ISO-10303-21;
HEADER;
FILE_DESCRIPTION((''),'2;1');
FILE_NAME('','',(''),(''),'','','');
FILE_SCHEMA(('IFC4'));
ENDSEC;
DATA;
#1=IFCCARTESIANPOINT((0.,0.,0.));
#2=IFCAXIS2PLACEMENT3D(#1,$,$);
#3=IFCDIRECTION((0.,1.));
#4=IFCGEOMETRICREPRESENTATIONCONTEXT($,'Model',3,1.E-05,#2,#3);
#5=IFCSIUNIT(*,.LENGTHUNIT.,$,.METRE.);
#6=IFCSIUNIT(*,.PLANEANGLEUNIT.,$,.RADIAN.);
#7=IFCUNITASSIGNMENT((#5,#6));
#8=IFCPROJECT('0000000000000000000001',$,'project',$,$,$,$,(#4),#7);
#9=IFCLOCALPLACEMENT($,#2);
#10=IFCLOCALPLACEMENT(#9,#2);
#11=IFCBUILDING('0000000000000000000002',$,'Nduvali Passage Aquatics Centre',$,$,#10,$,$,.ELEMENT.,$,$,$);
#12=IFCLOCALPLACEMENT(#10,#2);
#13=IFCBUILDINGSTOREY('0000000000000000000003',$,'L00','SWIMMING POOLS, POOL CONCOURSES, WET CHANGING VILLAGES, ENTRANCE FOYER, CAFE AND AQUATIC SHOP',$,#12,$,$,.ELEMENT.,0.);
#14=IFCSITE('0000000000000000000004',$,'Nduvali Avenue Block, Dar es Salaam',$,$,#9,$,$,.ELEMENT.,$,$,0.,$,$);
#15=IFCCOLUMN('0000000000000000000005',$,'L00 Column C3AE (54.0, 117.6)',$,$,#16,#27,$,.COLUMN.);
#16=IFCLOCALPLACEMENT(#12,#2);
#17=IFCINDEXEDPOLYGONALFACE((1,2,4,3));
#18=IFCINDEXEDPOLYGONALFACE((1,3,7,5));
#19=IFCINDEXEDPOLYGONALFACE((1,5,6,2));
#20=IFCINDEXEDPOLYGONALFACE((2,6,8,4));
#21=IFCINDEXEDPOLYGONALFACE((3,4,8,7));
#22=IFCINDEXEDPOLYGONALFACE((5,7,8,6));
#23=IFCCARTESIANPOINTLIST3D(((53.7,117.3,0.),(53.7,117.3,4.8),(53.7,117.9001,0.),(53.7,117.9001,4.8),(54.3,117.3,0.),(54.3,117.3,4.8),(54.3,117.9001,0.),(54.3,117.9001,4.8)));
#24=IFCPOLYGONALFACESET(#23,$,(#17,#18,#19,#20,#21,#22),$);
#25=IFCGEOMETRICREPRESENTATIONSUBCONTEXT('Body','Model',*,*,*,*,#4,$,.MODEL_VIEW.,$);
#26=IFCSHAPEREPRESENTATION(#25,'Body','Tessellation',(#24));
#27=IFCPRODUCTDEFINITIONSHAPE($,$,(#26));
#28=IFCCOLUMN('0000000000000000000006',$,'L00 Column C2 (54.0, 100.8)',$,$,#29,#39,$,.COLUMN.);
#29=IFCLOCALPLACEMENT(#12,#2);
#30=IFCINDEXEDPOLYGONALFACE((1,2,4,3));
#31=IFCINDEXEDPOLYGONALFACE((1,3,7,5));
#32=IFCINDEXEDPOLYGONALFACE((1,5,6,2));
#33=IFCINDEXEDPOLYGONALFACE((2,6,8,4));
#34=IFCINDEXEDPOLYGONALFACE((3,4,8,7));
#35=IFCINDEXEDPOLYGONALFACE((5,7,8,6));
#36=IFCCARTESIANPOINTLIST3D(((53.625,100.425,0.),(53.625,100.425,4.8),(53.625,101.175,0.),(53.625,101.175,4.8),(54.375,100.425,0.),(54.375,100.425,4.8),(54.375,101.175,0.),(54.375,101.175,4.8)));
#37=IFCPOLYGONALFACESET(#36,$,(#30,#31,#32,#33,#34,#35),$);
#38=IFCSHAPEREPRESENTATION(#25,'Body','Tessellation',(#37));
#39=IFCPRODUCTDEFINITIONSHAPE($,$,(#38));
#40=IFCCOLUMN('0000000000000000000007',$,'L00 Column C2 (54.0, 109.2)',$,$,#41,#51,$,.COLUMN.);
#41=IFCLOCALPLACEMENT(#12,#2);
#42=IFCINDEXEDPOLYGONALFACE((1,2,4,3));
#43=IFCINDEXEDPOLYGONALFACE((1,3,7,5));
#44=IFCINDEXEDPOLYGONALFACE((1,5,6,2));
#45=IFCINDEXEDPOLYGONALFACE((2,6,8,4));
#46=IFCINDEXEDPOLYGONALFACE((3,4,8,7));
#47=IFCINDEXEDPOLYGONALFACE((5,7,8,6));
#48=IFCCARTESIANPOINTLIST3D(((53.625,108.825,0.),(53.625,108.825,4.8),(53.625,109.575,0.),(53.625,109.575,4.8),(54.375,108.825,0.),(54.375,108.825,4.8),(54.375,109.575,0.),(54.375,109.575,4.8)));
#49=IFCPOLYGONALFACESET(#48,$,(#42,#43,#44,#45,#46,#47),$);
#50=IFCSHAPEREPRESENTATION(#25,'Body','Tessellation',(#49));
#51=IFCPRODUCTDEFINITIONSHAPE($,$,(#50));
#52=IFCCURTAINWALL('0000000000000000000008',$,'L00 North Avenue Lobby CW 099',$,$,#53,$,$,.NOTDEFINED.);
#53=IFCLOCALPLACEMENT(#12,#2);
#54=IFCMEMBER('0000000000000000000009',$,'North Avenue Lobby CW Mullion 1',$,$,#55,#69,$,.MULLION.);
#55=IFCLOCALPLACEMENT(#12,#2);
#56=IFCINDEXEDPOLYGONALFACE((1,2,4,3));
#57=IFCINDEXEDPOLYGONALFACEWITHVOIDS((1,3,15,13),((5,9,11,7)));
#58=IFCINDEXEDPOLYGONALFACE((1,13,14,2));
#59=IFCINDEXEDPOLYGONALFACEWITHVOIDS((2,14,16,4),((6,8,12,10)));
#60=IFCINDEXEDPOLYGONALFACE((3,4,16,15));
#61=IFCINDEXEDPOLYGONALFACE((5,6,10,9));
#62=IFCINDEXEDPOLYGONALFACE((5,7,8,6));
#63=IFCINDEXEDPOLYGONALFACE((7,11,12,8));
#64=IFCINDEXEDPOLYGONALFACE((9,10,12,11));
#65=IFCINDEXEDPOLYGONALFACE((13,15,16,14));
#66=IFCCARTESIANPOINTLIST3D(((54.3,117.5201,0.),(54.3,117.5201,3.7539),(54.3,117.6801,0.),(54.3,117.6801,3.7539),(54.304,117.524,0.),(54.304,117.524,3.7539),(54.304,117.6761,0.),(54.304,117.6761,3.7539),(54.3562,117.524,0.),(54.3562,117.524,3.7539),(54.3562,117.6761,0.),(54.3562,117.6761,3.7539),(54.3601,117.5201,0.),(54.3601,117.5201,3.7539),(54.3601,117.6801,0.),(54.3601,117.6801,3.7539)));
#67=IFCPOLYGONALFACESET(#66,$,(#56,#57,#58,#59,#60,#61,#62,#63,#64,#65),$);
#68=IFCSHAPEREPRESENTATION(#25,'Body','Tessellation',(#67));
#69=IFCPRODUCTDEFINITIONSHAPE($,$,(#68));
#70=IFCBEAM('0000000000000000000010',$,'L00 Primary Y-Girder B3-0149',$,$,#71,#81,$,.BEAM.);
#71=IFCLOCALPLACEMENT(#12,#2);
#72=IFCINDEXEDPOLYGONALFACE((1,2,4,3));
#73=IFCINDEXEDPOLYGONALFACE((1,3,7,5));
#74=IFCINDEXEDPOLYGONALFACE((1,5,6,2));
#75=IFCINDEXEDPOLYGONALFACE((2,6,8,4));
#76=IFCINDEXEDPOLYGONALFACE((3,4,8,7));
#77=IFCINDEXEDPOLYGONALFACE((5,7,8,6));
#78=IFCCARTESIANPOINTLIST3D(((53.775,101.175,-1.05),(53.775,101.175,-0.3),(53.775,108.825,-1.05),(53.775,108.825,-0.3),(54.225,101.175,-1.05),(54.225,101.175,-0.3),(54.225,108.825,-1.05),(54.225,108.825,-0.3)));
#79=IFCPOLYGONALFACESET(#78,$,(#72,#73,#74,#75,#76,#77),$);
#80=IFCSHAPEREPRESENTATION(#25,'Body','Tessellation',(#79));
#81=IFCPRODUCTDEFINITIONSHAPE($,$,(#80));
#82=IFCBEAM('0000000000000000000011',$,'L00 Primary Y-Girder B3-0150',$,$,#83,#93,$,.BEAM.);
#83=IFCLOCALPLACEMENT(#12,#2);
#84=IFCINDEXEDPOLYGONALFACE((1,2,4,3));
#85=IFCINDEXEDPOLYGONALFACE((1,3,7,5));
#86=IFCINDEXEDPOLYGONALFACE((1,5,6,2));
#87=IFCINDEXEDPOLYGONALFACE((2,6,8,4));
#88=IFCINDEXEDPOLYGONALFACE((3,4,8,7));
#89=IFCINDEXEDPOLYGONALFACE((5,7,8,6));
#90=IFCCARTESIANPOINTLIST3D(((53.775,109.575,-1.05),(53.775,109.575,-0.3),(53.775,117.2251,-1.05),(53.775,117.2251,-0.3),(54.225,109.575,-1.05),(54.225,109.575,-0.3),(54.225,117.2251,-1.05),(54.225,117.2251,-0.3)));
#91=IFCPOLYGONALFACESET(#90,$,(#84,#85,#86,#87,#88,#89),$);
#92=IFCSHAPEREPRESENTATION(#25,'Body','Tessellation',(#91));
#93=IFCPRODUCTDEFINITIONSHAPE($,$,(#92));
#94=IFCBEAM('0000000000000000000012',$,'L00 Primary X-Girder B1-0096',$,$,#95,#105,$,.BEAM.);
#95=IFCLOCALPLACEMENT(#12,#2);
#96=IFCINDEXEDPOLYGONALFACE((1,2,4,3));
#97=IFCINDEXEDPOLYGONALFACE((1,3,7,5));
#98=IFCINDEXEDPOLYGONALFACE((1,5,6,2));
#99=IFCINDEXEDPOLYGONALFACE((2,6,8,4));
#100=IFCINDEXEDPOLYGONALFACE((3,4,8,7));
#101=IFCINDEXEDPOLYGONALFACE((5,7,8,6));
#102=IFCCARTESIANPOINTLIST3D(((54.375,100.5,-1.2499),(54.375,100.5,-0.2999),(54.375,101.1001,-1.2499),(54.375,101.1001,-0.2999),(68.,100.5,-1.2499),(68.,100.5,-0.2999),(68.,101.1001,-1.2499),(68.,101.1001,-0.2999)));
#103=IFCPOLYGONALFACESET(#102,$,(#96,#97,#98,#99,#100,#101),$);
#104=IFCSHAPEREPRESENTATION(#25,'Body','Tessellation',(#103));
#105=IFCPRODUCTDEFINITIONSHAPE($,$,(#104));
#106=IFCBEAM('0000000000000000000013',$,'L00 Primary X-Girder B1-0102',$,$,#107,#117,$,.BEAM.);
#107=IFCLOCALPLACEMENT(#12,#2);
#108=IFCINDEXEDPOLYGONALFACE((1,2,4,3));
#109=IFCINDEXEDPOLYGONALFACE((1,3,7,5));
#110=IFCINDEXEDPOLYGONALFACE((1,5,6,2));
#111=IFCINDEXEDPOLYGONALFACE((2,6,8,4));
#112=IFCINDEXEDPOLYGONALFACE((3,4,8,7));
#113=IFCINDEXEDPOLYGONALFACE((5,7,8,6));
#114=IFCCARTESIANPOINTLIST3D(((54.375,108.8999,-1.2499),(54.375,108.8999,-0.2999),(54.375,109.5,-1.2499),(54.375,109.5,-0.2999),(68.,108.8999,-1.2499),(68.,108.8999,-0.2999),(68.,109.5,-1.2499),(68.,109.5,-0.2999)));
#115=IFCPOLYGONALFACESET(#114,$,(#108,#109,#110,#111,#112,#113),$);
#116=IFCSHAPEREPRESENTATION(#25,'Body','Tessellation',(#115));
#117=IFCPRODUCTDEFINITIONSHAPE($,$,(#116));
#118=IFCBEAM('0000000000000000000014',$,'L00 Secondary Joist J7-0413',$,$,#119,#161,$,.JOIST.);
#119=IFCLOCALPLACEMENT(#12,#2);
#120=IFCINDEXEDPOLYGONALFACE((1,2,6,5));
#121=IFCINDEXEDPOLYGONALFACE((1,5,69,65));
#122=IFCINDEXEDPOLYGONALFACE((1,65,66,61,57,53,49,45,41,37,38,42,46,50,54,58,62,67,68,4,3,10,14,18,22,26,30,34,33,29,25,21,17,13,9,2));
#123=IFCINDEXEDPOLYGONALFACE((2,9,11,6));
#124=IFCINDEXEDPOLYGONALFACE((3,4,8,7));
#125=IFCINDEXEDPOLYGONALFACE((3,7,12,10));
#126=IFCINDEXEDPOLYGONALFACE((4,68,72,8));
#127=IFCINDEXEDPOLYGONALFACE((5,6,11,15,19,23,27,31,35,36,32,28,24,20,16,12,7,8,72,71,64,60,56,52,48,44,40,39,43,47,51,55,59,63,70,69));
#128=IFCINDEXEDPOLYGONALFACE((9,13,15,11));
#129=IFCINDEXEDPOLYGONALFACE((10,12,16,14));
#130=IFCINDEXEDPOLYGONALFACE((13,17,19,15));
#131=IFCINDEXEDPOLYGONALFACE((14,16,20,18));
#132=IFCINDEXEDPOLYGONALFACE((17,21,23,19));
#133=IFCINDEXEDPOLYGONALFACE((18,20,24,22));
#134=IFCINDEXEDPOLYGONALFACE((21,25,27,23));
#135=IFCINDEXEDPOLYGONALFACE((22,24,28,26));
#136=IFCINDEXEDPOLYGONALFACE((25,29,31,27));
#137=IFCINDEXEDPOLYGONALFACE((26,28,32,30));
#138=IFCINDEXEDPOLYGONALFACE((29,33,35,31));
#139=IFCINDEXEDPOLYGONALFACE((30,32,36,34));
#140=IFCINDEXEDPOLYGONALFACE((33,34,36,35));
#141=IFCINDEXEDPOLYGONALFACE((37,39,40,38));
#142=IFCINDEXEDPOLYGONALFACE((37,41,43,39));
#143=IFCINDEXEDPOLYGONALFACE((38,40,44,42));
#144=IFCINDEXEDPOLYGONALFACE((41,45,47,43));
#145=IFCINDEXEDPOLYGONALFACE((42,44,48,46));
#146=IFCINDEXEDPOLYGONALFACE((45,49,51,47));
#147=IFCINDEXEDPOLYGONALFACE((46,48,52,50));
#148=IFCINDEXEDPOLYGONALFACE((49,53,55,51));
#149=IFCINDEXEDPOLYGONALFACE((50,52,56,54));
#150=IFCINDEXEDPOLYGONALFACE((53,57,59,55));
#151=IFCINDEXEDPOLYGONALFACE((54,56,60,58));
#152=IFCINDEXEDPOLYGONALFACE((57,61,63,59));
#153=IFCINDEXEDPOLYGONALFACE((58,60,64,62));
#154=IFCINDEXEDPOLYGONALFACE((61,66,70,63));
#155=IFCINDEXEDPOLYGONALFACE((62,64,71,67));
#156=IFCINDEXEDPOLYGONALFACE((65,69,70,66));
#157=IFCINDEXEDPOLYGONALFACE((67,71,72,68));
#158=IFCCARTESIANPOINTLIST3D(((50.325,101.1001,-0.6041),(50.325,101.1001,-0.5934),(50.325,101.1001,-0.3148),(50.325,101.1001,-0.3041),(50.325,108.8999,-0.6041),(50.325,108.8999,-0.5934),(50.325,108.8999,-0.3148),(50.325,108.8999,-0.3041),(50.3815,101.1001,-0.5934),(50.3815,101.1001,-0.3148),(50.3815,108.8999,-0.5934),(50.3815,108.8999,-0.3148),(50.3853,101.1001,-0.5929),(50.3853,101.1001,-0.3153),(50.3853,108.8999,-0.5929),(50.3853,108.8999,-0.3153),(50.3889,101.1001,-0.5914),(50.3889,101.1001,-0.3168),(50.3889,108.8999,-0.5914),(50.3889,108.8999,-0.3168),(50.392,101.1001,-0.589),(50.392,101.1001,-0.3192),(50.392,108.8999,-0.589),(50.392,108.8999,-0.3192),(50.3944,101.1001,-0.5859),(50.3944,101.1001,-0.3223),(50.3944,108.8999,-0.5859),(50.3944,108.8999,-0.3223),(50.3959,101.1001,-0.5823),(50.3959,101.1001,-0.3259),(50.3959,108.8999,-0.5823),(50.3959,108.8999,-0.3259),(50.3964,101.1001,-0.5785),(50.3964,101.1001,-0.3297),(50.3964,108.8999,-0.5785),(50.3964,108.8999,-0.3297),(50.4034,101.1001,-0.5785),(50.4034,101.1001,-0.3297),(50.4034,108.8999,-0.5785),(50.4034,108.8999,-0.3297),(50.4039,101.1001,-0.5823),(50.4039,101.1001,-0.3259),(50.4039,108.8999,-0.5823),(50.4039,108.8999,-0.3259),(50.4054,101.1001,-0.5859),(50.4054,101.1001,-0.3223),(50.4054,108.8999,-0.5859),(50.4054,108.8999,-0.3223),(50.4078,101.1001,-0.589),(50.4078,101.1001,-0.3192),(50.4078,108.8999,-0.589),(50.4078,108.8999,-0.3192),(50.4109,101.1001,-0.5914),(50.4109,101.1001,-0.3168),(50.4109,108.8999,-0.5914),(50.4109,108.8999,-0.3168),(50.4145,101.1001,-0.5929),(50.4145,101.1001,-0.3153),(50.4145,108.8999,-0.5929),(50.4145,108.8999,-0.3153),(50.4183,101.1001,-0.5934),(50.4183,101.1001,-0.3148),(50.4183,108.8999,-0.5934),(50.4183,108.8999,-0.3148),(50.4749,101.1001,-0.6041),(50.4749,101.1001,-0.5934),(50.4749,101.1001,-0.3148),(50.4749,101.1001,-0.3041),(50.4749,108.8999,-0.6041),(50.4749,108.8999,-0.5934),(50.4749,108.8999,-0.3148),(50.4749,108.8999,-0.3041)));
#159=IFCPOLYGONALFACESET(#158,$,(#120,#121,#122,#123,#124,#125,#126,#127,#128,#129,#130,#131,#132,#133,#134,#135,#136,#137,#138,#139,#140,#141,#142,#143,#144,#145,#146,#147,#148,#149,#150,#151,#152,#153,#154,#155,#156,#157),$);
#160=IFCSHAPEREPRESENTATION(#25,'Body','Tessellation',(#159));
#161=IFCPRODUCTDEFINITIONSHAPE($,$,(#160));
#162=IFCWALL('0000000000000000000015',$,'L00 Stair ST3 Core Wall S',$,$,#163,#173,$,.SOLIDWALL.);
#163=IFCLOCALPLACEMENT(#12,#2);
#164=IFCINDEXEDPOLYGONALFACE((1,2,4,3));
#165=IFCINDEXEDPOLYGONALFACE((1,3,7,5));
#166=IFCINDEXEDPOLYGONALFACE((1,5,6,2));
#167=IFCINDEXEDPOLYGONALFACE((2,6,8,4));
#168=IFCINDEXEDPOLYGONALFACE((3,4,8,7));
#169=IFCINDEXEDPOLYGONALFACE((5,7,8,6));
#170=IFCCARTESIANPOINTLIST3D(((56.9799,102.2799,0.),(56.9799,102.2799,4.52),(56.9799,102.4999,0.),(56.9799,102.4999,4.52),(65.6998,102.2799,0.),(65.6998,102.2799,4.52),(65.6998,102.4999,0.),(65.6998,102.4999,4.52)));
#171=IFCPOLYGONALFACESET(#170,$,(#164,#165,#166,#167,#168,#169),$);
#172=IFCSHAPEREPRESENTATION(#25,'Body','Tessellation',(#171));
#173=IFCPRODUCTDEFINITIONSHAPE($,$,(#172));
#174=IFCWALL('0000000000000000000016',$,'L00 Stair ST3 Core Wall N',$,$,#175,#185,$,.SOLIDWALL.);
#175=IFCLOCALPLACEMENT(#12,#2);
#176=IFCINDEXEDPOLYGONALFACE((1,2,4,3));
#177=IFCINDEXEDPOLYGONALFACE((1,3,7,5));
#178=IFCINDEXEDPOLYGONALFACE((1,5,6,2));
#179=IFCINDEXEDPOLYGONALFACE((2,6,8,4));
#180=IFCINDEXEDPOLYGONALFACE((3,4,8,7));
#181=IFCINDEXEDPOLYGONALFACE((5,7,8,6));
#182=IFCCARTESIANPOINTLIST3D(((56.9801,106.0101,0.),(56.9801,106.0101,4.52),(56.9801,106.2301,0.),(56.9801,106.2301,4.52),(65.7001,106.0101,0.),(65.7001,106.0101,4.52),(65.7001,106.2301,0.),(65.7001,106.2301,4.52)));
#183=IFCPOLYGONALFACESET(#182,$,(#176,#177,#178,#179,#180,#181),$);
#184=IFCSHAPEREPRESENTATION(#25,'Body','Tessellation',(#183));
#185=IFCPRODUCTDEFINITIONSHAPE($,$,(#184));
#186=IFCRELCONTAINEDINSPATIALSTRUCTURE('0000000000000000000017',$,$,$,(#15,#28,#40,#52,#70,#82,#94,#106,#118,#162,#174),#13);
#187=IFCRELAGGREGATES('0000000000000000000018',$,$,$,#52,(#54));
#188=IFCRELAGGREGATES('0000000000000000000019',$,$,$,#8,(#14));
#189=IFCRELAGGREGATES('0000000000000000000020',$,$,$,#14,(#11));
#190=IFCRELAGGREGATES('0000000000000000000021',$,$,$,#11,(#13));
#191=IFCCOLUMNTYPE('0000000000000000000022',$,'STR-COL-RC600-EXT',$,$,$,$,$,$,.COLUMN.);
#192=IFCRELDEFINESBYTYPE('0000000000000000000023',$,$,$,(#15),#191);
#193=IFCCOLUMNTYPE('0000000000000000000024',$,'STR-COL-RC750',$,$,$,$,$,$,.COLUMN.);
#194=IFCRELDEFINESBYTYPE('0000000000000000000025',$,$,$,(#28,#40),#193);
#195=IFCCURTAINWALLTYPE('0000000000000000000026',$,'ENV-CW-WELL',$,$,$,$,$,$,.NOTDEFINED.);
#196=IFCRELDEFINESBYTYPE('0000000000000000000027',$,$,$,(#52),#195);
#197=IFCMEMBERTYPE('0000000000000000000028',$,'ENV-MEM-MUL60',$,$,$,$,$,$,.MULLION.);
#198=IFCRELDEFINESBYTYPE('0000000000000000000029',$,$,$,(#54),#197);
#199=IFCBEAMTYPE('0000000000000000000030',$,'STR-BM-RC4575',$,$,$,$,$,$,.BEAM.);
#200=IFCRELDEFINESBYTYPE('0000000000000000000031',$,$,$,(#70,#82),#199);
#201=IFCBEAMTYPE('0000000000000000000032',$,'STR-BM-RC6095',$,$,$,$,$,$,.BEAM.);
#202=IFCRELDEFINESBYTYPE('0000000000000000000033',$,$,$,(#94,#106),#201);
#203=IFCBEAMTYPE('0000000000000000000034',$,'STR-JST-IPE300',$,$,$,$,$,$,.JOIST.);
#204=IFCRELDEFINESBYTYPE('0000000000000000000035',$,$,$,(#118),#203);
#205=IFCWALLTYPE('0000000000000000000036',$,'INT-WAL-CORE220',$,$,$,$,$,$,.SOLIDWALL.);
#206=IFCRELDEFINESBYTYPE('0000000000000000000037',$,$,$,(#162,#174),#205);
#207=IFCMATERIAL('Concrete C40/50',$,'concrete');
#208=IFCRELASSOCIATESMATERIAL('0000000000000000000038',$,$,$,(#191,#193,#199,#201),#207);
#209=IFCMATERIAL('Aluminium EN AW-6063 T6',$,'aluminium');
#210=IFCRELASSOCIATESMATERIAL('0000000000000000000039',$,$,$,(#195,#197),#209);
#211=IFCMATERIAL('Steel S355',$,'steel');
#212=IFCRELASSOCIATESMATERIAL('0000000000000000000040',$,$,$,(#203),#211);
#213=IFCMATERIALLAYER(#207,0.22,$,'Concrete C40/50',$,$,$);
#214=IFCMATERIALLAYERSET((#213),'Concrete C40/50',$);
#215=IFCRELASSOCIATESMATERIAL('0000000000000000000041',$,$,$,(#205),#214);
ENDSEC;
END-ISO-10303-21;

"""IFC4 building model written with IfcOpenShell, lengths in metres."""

from ifc_helpers import new_model, si_unit, direction, frame, frame_2d, origin, origin_2d, place, context, subcontext, project, spatial, rectangle, hollow_rectangle, i_section, extrude, material, layer, layer_set, material_profile, profile_set, type_object, element, aggregate, save


model = new_model("IFC4")

# Units and contexts
model_context = context("Model", 3, precision=1e-05, world=origin(), true_north=direction((0.0, 1.0)))
body_context = subcontext(model_context, "Body", "Model", "MODEL_VIEW")
ifc_project = project(units=[si_unit("LENGTHUNIT", "METRE"), si_unit("PLANEANGLEUNIT", "RADIAN")], contexts=[model_context])

# Site, building, storey
site_placement = place(None, origin())
site = spatial("IfcSite", under=ifc_project, at=site_placement, Name="Nduvali Avenue Block, Dar es Salaam", CompositionType="ELEMENT", RefElevation=0.0)
building_placement = place(site_placement, origin())
building = spatial("IfcBuilding", under=site, at=building_placement, Name="Nduvali Passage Aquatics Centre", CompositionType="ELEMENT")
storey_placement = place(building_placement, origin())
storey = spatial("IfcBuildingStorey", under=building, at=storey_placement, Name="L00", Description="SWIMMING POOLS, POOL CONCOURSES, WET CHANGING VILLAGES, ENTRANCE FOYER, CAFE AND AQUATIC SHOP", CompositionType="ELEMENT", Elevation=0.0)

# Columns
ifc_material_1 = material(Name="Concrete C40/50", Category="concrete")
ifc_material_profile_1 = material_profile(ifc_material_1, rectangle(XDim=0.6001, YDim=0.6001, at=origin_2d()), Name="RC 600x600")
ifc_profile_set_1 = profile_set([ifc_material_profile_1], Name="Concrete C40/50")
column_type_1 = type_object("IfcColumnType", Name="STR-COL-RC600-EXT", PredefinedType="COLUMN", material=ifc_profile_set_1)
column_placement = place(storey_placement, frame((54.0, 117.6001, 0.0), z_axis=(0.0, 0.0, 1.0), x_axis=(1.0, 0.0, 0.0)))
element("IfcColumn", 1, at=column_placement, inside=storey, type_object=column_type_1, Name="L00 Column C3AE (54.0, 117.6)", PredefinedType="COLUMN", context=body_context, shape_type="SweptSolid", body=[
    extrude(rectangle(XDim=0.6001, YDim=0.6001, at=origin_2d()), origin(), (0.0, 0.0, 1.0), 4.8),
])
ifc_material_profile_2 = material_profile(ifc_material_1, rectangle(XDim=0.75, YDim=0.75, at=origin_2d()), Name="RC 750x750")
ifc_profile_set_2 = profile_set([ifc_material_profile_2], Name="Concrete C40/50")
column_type_2 = type_object("IfcColumnType", Name="STR-COL-RC750", PredefinedType="COLUMN", material=ifc_profile_set_2)
for number, where, z_axis, x_axis, name in (
    (2, (54.0, 100.8, 0.0), (0.0, 0.0, 1.0), (1.0, 0.0, 0.0), "L00 Column C2 (54.0, 100.8)"),
    (3, (54.0, 109.2, 0.0), (0.0, 0.0, 1.0), (1.0, 0.0, 0.0), "L00 Column C2 (54.0, 109.2)"),
):
    element("IfcColumn", number, at=place(storey_placement, frame(where, z_axis=z_axis, x_axis=x_axis)), inside=storey, type_object=column_type_2, Name=name, PredefinedType="COLUMN", context=body_context, shape_type="SweptSolid", body=[
        extrude(rectangle(XDim=0.75, YDim=0.75, at=origin_2d()), origin(), (0.0, 0.0, 1.0), 4.8),
    ])

# Curtain wall, member
ifc_material_2 = material(Name="Aluminium EN AW-6063 T6", Category="aluminium")
curtain_wall_type = type_object("IfcCurtainWallType", Name="ENV-CW-WELL", PredefinedType="NOTDEFINED", material=ifc_material_2)
curtain_wall_placement = place(storey_placement, origin())
curtain_wall = element("IfcCurtainWall", 4, at=curtain_wall_placement, inside=storey, type_object=curtain_wall_type, Name="L00 North Avenue Lobby CW 099", PredefinedType="NOTDEFINED")
ifc_material_profile_3 = material_profile(ifc_material_2, hollow_rectangle(XDim=0.0601, YDim=0.1599, WallThickness=0.0039, at=origin_2d()), Name="ALU MULLION 60x160x4")
ifc_profile_set_3 = profile_set([ifc_material_profile_3], Name="Aluminium EN AW-6063 T6")
member_type = type_object("IfcMemberType", Name="ENV-MEM-MUL60", PredefinedType="MULLION", material=ifc_profile_set_3)
member_placement = place(storey_placement, frame((54.3301, 117.6001, 0.0), z_axis=(0.0, 0.0, 1.0), x_axis=(1.0, 0.0, 0.0)))
member = element("IfcMember", 5, at=member_placement, type_object=member_type, Name="North Avenue Lobby CW Mullion 1", PredefinedType="MULLION", context=body_context, shape_type="SweptSolid", body=[
    extrude(hollow_rectangle(XDim=0.0601, YDim=0.1599, WallThickness=0.0039, at=origin_2d()), origin(), (0.0, 0.0, 1.0), 3.7539),
])
aggregate(curtain_wall, [member])

# Beams
ifc_material_profile_4 = material_profile(ifc_material_1, rectangle(XDim=0.45, YDim=0.75, at=origin_2d()), Name="RC 450x750")
ifc_profile_set_4 = profile_set([ifc_material_profile_4], Name="Concrete C40/50")
beam_type_1 = type_object("IfcBeamType", Name="STR-BM-RC4575", PredefinedType="BEAM", material=ifc_profile_set_4)
beam_1_placement = place(storey_placement, frame((54.0, 101.175, -0.675), z_axis=(0.0, 1.0, 0.0), x_axis=(-1.0, 0.0, 0.0)))
element("IfcBeam", 6, at=beam_1_placement, inside=storey, type_object=beam_type_1, Name="L00 Primary Y-Girder B3-0149", PredefinedType="BEAM", context=body_context, shape_type="SweptSolid", body=[
    extrude(rectangle(XDim=0.45, YDim=0.75, at=origin_2d()), origin(), (0.0, 0.0, 1.0), 7.6499),
])
beam_2_placement = place(storey_placement, frame((54.0, 109.575, -0.675), z_axis=(0.0, 1.0, 0.0), x_axis=(-1.0, 0.0, 0.0)))
element("IfcBeam", 7, at=beam_2_placement, inside=storey, type_object=beam_type_1, Name="L00 Primary Y-Girder B3-0150", PredefinedType="BEAM", context=body_context, shape_type="SweptSolid", body=[
    extrude(rectangle(XDim=0.45, YDim=0.75, at=origin_2d()), origin(), (0.0, 0.0, 1.0), 7.6501),
])
ifc_material_profile_5 = material_profile(ifc_material_1, rectangle(XDim=0.6001, YDim=0.95, at=origin_2d()), Name="RC 600x950")
ifc_profile_set_5 = profile_set([ifc_material_profile_5], Name="Concrete C40/50")
beam_type_2 = type_object("IfcBeamType", Name="STR-BM-RC6095", PredefinedType="BEAM", material=ifc_profile_set_5)
for number, where, z_axis, x_axis, name in (
    (8, (54.375, 100.8, -0.7749), (1.0, 0.0, 0.0), (0.0, 1.0, 0.0), "L00 Primary X-Girder B1-0096"),
    (9, (54.375, 109.2, -0.7749), (1.0, 0.0, 0.0), (0.0, 1.0, 0.0), "L00 Primary X-Girder B1-0102"),
):
    element("IfcBeam", number, at=place(storey_placement, frame(where, z_axis=z_axis, x_axis=x_axis)), inside=storey, type_object=beam_type_2, Name=name, PredefinedType="BEAM", context=body_context, shape_type="SweptSolid", body=[
        extrude(rectangle(XDim=0.6001, YDim=0.95, at=origin_2d()), origin(), (0.0, 0.0, 1.0), 13.625),
    ])
ifc_material_3 = material(Name="Steel S355", Category="steel")
ifc_material_profile_6 = material_profile(ifc_material_3, i_section(OverallWidth=0.1499, OverallDepth=0.3, WebThickness=0.0071, FlangeThickness=0.0107, FilletRadius=0.0149, at=origin_2d()), Name="IPE 300")
ifc_profile_set_6 = profile_set([ifc_material_profile_6], Name="Steel S355")
beam_type_3 = type_object("IfcBeamType", Name="STR-JST-IPE300", PredefinedType="JOIST", material=ifc_profile_set_6)
beam_3_placement = place(storey_placement, frame((50.3999, 101.1001, -0.4541), z_axis=(0.0, 1.0, 0.0), x_axis=(-1.0, 0.0, 0.0)))
element("IfcBeam", 10, at=beam_3_placement, inside=storey, type_object=beam_type_3, Name="L00 Secondary Joist J7-0413", PredefinedType="JOIST", context=body_context, shape_type="SweptSolid", body=[
    extrude(i_section(OverallWidth=0.1499, OverallDepth=0.3, WebThickness=0.0071, FlangeThickness=0.0107, FilletRadius=0.0149, at=origin_2d()), origin(), (0.0, 0.0, 1.0), 7.7998),
])

# Walls
ifc_layer_1 = layer(ifc_material_1, 0.22, Name="Concrete C40/50")
ifc_layer_set_1 = layer_set([ifc_layer_1], Name="Concrete C40/50")
wall_type_1 = type_object("IfcWallType", Name="INT-WAL-CORE220", PredefinedType="SOLIDWALL", material=ifc_layer_set_1)
for number, where, z_axis, x_axis, name in (
    (11, (56.98, 102.3899, 0.0), (0.0, 0.0, 1.0), (1.0, 0.0, 0.0), "L00 Stair ST3 Core Wall S"),
    (12, (65.7, 106.1201, 0.0), (0.0, 0.0, 1.0), (-1.0, 0.0, 0.0), "L00 Stair ST3 Core Wall N"),
):
    element("IfcWall", number, at=place(storey_placement, frame(where, z_axis=z_axis, x_axis=x_axis)), inside=storey, type_object=wall_type_1, Name=name, PredefinedType="SOLIDWALL", context=body_context, shape_type="SweptSolid", body=[
        extrude(rectangle(XDim=8.72, YDim=0.22, at=frame_2d((4.3599, 0.0))), origin(), (0.0, 0.0, 1.0), 4.52),
    ])

save(model, "model.ifc")
